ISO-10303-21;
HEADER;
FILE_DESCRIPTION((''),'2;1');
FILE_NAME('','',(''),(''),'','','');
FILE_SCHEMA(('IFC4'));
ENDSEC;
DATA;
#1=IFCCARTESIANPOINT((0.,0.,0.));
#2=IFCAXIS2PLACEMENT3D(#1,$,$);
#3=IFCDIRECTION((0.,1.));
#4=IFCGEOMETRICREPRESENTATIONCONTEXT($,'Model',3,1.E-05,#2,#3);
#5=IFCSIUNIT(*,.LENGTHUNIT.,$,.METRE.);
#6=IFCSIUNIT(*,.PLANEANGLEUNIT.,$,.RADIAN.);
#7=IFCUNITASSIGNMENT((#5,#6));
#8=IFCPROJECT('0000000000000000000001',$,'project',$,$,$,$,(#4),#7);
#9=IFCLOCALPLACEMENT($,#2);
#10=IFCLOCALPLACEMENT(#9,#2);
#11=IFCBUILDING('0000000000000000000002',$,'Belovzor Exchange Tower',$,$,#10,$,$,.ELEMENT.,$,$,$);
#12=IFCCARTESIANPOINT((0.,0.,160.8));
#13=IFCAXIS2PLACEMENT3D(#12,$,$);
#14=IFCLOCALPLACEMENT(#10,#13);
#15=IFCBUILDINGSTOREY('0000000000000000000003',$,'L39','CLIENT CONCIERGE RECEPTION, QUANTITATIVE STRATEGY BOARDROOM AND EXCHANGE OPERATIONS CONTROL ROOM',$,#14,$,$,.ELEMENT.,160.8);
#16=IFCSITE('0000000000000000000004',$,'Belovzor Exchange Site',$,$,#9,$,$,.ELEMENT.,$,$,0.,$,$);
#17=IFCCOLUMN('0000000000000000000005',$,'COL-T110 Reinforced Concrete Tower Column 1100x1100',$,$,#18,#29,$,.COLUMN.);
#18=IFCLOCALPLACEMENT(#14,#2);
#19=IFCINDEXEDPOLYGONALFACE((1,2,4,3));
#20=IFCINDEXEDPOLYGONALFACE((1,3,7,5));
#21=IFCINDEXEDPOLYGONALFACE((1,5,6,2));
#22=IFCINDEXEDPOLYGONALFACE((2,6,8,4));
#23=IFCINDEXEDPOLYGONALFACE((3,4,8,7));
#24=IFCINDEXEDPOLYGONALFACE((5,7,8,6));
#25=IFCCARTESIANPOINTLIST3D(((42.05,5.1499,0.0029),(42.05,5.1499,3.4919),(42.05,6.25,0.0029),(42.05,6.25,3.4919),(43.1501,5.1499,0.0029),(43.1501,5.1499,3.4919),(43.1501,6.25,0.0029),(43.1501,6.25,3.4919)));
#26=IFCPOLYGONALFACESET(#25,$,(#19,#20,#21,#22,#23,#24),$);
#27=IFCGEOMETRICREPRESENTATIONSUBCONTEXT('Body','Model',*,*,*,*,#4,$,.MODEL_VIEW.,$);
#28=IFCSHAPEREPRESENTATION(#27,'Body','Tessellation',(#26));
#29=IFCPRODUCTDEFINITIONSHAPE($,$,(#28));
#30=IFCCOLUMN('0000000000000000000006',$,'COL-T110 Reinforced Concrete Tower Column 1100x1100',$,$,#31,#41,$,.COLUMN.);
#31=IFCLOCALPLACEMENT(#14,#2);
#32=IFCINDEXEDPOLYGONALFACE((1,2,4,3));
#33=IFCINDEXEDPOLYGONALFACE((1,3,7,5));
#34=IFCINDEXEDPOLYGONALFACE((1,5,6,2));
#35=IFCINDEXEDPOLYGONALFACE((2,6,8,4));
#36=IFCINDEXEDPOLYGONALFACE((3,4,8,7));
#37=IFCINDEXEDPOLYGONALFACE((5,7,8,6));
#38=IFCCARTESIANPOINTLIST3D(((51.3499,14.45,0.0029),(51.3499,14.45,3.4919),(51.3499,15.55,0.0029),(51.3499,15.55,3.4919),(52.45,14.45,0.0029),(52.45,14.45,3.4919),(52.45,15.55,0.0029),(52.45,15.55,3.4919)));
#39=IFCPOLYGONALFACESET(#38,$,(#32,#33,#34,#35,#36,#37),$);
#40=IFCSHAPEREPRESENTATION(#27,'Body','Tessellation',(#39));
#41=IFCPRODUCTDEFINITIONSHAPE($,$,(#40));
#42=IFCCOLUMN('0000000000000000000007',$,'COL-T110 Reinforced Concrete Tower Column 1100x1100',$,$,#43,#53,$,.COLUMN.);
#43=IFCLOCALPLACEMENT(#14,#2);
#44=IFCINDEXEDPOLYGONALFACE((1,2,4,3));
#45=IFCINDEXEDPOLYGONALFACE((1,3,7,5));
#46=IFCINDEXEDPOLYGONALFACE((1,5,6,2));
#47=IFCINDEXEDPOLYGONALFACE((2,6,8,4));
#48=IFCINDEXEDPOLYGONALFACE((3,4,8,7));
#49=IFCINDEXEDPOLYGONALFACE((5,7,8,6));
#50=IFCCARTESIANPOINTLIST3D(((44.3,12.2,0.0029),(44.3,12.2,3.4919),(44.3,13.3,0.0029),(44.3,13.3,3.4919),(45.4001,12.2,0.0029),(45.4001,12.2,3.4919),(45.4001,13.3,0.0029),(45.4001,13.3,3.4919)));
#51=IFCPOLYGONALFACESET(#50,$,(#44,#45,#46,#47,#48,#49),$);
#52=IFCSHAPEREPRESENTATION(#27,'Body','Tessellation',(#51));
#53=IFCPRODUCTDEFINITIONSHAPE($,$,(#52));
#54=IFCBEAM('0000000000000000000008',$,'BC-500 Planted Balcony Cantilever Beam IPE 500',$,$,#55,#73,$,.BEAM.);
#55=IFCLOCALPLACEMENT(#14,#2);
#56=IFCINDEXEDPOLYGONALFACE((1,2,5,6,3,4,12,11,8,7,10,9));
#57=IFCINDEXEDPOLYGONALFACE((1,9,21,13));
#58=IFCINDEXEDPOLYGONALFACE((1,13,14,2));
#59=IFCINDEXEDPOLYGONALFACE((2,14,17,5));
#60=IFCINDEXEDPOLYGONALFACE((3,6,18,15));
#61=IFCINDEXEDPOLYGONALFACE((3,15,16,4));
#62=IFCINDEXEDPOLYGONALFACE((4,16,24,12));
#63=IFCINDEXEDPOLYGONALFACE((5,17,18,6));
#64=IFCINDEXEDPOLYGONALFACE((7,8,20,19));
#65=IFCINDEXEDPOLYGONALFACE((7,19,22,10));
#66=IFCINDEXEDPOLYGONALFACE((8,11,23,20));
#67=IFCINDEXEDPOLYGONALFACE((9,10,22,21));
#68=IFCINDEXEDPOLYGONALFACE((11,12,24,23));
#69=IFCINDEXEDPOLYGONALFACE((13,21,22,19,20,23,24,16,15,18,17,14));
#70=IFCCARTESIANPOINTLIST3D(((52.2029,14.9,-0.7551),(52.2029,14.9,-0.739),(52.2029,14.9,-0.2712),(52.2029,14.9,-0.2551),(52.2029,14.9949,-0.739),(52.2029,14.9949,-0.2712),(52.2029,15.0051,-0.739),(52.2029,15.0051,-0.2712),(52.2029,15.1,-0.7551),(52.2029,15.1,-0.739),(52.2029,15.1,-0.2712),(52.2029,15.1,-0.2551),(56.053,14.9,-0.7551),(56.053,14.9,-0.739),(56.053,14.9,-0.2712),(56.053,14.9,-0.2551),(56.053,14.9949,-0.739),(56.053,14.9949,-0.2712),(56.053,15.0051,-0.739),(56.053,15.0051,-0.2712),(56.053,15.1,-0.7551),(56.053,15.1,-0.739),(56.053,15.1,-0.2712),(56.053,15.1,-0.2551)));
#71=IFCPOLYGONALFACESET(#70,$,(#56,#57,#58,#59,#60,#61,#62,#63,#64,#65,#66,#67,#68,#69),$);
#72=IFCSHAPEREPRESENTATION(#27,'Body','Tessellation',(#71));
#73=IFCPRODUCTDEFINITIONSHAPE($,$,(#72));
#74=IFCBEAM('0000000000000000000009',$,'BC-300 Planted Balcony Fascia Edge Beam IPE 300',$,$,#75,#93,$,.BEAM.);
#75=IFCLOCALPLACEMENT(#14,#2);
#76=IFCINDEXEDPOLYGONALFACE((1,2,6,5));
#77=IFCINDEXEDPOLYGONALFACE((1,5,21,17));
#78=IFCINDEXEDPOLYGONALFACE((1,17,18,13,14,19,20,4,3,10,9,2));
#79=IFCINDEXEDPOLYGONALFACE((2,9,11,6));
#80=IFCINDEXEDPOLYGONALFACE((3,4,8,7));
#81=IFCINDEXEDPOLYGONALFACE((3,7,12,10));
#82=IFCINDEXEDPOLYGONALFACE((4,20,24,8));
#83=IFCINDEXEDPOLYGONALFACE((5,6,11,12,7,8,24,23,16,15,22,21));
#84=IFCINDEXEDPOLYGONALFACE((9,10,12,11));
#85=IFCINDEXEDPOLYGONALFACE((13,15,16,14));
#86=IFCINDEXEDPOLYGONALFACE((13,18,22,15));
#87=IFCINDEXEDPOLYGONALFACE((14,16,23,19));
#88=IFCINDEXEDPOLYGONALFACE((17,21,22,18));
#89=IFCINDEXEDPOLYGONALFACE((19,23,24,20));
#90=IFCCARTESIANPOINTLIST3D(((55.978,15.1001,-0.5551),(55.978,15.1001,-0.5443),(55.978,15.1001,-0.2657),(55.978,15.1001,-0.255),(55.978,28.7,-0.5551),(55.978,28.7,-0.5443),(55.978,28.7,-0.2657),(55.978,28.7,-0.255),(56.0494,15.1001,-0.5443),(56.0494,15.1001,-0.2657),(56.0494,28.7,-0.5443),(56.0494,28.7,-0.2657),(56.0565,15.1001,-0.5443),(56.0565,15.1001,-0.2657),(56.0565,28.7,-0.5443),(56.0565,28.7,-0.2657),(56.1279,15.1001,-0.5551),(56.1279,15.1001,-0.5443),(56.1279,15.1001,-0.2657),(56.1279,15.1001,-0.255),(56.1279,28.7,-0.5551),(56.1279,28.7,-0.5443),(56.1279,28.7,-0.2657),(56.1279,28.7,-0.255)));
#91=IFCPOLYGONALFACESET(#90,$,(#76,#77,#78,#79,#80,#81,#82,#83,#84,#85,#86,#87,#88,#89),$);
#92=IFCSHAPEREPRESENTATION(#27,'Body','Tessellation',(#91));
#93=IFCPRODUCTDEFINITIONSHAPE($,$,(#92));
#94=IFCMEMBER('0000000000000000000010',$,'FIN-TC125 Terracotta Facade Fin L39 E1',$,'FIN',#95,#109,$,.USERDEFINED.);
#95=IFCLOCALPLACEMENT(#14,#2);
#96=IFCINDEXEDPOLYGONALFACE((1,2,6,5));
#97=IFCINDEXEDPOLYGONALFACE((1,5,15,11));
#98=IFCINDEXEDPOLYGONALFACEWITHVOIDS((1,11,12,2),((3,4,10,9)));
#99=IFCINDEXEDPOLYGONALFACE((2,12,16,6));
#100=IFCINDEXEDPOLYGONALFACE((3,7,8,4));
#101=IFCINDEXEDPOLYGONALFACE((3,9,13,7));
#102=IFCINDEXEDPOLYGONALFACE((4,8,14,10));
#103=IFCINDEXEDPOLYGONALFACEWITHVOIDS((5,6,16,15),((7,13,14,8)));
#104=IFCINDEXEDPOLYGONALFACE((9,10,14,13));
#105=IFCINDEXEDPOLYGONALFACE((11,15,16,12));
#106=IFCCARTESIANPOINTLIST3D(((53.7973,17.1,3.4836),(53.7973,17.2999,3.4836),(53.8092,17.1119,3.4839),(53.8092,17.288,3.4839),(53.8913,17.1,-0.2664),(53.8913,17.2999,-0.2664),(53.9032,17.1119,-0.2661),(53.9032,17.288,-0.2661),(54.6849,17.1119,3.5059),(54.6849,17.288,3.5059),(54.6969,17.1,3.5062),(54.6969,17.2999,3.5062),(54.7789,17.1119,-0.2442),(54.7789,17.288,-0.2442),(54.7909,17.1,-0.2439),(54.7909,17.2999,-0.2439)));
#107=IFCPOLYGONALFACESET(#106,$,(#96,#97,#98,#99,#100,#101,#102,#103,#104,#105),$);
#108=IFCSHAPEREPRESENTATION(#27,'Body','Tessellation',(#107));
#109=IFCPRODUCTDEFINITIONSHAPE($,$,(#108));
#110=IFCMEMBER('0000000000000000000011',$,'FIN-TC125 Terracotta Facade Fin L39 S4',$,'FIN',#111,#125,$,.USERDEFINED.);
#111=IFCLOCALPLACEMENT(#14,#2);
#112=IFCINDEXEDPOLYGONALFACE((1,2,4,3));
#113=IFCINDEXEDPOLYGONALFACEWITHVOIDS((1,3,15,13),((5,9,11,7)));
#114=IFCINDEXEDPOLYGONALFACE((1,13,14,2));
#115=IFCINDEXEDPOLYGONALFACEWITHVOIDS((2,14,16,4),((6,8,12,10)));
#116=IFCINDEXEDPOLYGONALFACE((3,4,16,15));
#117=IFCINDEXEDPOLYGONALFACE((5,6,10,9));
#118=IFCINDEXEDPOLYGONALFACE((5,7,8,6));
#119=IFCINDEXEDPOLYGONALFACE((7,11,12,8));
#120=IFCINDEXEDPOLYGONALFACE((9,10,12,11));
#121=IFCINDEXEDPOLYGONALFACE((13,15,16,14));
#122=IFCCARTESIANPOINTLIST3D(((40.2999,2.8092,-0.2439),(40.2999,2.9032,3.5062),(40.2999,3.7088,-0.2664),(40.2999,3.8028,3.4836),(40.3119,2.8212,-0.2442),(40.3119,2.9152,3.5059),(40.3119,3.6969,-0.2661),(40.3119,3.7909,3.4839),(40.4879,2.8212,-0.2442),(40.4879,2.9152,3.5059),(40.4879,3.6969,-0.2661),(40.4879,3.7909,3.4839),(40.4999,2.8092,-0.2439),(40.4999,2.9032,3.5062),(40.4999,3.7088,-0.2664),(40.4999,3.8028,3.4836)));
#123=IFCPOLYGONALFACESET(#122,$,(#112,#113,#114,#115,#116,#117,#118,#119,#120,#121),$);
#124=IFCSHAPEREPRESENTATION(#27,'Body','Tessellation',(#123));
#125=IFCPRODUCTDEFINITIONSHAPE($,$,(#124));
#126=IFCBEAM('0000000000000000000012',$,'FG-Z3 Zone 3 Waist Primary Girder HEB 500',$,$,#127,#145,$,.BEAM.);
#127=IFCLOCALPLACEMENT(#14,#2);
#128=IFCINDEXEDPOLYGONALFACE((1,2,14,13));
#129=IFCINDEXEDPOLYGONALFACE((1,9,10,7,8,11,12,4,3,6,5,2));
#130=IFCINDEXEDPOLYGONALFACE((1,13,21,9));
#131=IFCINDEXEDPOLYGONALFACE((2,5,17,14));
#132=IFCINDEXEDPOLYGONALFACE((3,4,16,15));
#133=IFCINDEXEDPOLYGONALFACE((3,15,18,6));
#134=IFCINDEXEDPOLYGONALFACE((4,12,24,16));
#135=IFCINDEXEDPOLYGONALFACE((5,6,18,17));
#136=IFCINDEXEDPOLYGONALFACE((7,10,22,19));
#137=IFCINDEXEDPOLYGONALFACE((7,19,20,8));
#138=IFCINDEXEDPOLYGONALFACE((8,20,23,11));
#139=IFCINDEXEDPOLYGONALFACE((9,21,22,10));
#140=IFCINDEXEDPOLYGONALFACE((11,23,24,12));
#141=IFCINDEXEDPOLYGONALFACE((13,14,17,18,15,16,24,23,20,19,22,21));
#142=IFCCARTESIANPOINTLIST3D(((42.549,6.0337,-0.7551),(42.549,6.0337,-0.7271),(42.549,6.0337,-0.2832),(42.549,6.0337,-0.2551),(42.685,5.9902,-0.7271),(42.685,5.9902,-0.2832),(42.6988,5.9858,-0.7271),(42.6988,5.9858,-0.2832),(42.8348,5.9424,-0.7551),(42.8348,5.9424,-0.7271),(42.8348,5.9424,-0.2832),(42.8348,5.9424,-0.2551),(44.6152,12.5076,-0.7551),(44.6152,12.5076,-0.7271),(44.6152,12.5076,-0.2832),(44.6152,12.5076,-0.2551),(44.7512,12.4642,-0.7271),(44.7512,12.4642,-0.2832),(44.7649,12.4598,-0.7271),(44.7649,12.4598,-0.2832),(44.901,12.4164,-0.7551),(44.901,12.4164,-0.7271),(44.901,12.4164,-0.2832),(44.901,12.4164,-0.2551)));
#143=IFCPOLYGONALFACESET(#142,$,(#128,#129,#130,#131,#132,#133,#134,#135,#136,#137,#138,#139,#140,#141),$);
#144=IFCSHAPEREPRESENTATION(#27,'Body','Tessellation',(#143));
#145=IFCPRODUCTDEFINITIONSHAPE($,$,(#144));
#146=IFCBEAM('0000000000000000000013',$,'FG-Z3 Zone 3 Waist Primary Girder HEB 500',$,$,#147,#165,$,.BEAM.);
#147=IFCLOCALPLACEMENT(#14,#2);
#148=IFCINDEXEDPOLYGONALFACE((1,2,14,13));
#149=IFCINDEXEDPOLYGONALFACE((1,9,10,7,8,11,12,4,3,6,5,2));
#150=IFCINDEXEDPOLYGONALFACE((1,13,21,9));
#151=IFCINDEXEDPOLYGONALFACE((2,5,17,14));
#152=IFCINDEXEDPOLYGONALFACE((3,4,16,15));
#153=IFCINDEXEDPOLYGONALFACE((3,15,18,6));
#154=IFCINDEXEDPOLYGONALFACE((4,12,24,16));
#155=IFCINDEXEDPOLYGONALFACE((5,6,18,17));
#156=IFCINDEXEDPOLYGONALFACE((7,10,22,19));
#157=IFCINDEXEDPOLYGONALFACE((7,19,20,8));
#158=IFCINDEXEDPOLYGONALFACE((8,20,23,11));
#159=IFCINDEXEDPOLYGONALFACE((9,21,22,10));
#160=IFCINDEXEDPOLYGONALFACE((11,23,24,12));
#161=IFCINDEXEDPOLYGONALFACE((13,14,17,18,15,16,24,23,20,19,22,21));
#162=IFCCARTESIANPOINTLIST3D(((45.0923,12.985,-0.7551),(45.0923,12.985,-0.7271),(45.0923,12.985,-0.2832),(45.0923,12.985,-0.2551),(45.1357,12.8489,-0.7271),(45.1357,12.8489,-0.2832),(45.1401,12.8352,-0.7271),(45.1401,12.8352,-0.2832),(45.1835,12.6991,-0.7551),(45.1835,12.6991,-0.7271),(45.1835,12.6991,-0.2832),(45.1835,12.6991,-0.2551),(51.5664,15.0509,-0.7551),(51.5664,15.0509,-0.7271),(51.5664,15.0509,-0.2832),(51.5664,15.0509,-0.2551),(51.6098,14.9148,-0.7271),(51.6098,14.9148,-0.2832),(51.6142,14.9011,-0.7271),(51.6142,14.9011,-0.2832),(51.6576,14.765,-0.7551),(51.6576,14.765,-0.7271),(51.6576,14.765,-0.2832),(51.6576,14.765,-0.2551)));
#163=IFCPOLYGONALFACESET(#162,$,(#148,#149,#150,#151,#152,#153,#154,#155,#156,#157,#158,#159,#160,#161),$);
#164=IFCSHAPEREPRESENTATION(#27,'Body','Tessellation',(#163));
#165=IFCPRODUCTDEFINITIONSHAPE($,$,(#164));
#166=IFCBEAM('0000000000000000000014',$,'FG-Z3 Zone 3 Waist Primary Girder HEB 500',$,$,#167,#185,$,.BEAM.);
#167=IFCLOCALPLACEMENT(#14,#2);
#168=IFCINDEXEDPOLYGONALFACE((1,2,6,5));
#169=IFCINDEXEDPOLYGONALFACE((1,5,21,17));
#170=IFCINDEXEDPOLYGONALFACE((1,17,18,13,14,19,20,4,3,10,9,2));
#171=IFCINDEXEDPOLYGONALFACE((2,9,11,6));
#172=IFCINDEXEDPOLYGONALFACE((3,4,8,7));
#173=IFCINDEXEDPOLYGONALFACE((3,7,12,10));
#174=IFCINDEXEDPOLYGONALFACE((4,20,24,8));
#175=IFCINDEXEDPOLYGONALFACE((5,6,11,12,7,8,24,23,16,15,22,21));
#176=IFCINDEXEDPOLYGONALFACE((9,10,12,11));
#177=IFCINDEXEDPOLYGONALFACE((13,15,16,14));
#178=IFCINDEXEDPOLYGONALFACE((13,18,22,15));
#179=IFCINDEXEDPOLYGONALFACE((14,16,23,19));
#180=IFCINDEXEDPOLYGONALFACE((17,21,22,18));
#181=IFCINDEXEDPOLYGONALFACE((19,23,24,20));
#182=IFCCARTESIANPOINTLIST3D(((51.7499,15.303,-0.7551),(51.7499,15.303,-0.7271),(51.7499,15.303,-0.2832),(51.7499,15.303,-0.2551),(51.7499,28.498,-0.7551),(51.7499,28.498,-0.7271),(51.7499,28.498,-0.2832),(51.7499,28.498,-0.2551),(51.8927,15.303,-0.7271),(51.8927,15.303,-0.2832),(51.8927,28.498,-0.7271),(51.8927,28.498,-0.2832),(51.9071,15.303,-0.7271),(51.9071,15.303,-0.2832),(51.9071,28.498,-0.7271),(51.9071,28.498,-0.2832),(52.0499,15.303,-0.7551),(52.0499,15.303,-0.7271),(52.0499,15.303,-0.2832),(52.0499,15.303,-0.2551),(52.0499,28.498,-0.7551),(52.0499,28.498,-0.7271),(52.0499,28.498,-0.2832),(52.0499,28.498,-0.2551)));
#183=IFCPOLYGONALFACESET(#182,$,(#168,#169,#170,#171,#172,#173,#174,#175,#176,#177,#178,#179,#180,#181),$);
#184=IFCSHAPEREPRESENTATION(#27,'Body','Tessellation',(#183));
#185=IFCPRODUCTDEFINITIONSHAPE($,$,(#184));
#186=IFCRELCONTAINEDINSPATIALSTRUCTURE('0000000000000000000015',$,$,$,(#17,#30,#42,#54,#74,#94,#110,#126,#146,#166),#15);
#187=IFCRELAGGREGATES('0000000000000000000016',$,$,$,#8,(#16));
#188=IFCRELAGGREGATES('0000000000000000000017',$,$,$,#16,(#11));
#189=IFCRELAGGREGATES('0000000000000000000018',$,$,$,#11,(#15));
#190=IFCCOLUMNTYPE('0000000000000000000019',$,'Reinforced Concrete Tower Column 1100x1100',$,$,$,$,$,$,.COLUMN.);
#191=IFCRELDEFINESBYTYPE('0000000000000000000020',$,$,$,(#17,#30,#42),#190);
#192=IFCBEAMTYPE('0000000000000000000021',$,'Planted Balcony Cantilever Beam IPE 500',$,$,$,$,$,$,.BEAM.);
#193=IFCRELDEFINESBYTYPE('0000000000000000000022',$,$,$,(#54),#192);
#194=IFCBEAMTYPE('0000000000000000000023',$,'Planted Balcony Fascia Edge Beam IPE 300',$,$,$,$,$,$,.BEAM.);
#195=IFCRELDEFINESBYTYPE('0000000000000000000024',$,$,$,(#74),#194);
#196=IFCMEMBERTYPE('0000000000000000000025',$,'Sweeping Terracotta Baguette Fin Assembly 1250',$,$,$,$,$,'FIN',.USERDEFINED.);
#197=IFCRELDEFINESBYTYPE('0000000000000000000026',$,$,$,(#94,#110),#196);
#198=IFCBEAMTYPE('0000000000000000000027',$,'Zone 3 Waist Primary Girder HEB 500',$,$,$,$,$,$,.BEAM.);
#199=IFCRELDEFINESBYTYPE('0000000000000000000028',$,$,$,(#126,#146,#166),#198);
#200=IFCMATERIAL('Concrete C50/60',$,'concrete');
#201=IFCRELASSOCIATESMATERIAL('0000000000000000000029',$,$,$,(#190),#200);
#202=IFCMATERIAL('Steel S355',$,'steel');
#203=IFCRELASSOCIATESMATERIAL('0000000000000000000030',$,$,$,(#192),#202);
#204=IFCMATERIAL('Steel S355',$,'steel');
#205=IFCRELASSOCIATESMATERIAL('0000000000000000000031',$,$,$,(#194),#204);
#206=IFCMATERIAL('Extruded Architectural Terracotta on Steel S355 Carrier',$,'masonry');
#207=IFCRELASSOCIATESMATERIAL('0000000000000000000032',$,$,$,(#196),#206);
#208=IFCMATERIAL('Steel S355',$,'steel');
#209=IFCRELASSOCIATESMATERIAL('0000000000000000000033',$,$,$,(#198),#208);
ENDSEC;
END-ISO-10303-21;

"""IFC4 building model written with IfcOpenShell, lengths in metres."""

from ifc_helpers import new_model, si_unit, direction, frame, origin, origin_2d, place, context, subcontext, project, spatial, rectangle, hollow_rectangle, i_section, extrude, material, material_profile, profile_set, type_object, element, save


model = new_model("IFC4")

# Units and contexts
model_context = context("Model", 3, precision=1e-05, world=origin(), true_north=direction((0.0, 1.0)))
body_context = subcontext(model_context, "Body", "Model", "MODEL_VIEW")
ifc_project = project(units=[si_unit("LENGTHUNIT", "METRE"), si_unit("PLANEANGLEUNIT", "RADIAN")], contexts=[model_context])

# Site, building, storey
site_placement = place(None, origin())
site = spatial("IfcSite", under=ifc_project, at=site_placement, Name="Belovzor Exchange Site", CompositionType="ELEMENT", RefElevation=0.0)
building_placement = place(site_placement, origin())
building = spatial("IfcBuilding", under=site, at=building_placement, Name="Belovzor Exchange Tower", CompositionType="ELEMENT")
storey_placement = place(building_placement, frame((0.0, 0.0, 160.8)))
storey = spatial("IfcBuildingStorey", under=building, at=storey_placement, Name="L39", Description="CLIENT CONCIERGE RECEPTION, QUANTITATIVE STRATEGY BOARDROOM AND EXCHANGE OPERATIONS CONTROL ROOM", CompositionType="ELEMENT", Elevation=160.8)

# Columns
ifc_material_1 = material(Name="Concrete C50/60", Category="concrete")
ifc_material_profile_1 = material_profile(ifc_material_1, rectangle(XDim=1.1001, YDim=1.1001, at=origin_2d()))
ifc_profile_set_1 = profile_set([ifc_material_profile_1], Name="Concrete C50/60")
column_type = type_object("IfcColumnType", Name="Reinforced Concrete Tower Column 1100x1100", PredefinedType="COLUMN", material=ifc_profile_set_1)
for number, where, z_axis, x_axis, name in (
    (1, (42.6001, 5.7, 0.0029), (0.0, 0.0, 1.0), (1.0, 0.0, 0.0), "COL-T110 Reinforced Concrete Tower Column 1100x1100"),
    (2, (51.8999, 15.0, 0.0029), (0.0, 0.0, 1.0), (1.0, 0.0, 0.0), "COL-T110 Reinforced Concrete Tower Column 1100x1100"),
    (3, (44.8501, 12.75, 0.0029), (0.0, 0.0, 1.0), (1.0, 0.0, 0.0), "COL-T110 Reinforced Concrete Tower Column 1100x1100"),
):
    element("IfcColumn", number, at=place(storey_placement, frame(where, z_axis=z_axis, x_axis=x_axis)), inside=storey, type_object=column_type, Name=name, PredefinedType="COLUMN", context=body_context, shape_type="SweptSolid", body=[
        extrude(rectangle(XDim=1.1001, YDim=1.1001, at=origin_2d()), origin(), (0.0, 0.0, 1.0), 3.489),
    ])

# Beams
ifc_material_2 = material(Name="Steel S355", Category="steel")
ifc_material_profile_2 = material_profile(ifc_material_2, i_section(OverallWidth=0.2, OverallDepth=0.5, WebThickness=0.0103, FlangeThickness=0.0161, at=origin_2d()))
ifc_profile_set_2 = profile_set([ifc_material_profile_2], Name="Steel S355")
beam_type_1 = type_object("IfcBeamType", Name="Planted Balcony Cantilever Beam IPE 500", PredefinedType="BEAM", material=ifc_profile_set_2)
beam_1_placement = place(storey_placement, frame((52.2029, 15.0, -0.5051), z_axis=(1.0, 0.0, 0.0), x_axis=(0.0, 1.0, 0.0)))
element("IfcBeam", 4, at=beam_1_placement, inside=storey, type_object=beam_type_1, Name="BC-500 Planted Balcony Cantilever Beam IPE 500", PredefinedType="BEAM", context=body_context, shape_type="SweptSolid", body=[
    extrude(i_section(OverallWidth=0.2, OverallDepth=0.5, WebThickness=0.0103, FlangeThickness=0.0161, at=origin_2d()), origin(), (0.0, 0.0, 1.0), 3.8501),
])
ifc_material_3 = material(Name="Steel S355", Category="steel")
ifc_material_profile_3 = material_profile(ifc_material_3, i_section(OverallWidth=0.1499, OverallDepth=0.3, WebThickness=0.0071, FlangeThickness=0.0107, at=origin_2d()))
ifc_profile_set_3 = profile_set([ifc_material_profile_3], Name="Steel S355")
beam_type_2 = type_object("IfcBeamType", Name="Planted Balcony Fascia Edge Beam IPE 300", PredefinedType="BEAM", material=ifc_profile_set_3)
beam_2_placement = place(storey_placement, frame((56.053, 15.1001, -0.405), z_axis=(0.0, 1.0, 0.0), x_axis=(-1.0, 0.0, 0.0)))
element("IfcBeam", 5, at=beam_2_placement, inside=storey, type_object=beam_type_2, Name="BC-300 Planted Balcony Fascia Edge Beam IPE 300", PredefinedType="BEAM", context=body_context, shape_type="SweptSolid", body=[
    extrude(i_section(OverallWidth=0.1499, OverallDepth=0.3, WebThickness=0.0071, FlangeThickness=0.0107, at=origin_2d()), origin(), (0.0, 0.0, 1.0), 13.5999),
])

# Members
ifc_material_4 = material(Name="Extruded Architectural Terracotta on Steel S355 Carrier", Category="masonry")
ifc_material_profile_4 = material_profile(ifc_material_4, hollow_rectangle(XDim=0.2, YDim=0.8999, WallThickness=0.012, at=origin_2d()))
ifc_profile_set_4 = profile_set([ifc_material_profile_4], Name="Extruded Architectural Terracotta on Steel S355 Carrier")
member_type = type_object("IfcMemberType", Name="Sweeping Terracotta Baguette Fin Assembly 1250", ElementType="FIN", PredefinedType="USERDEFINED", material=ifc_profile_set_4)
for number, where, z_axis, x_axis, name in (
    (6, (54.3411, 17.2, -0.2551), (-0.025057, 0.0, 0.999686), (0.0, -1.0, 0.0), "FIN-TC125 Terracotta Facade Fin L39 E1"),
    (7, (40.3999, 3.259, -0.2551), (0.0, 0.025057, 0.999686), (-1.0, 0.0, 0.0), "FIN-TC125 Terracotta Facade Fin L39 S4"),
):
    element("IfcMember", number, at=place(storey_placement, frame(where, z_axis=z_axis, x_axis=x_axis)), inside=storey, type_object=member_type, Name=name, ObjectType="FIN", PredefinedType="USERDEFINED", context=body_context, shape_type="SweptSolid", body=[
        extrude(hollow_rectangle(XDim=0.2, YDim=0.8999, WallThickness=0.012, at=origin_2d()), origin(), (0.0, 0.0, 1.0), 3.7512),
    ])

# Beams
ifc_material_5 = material(Name="Steel S355", Category="steel")
ifc_material_profile_5 = material_profile(ifc_material_5, i_section(OverallWidth=0.3, OverallDepth=0.5, WebThickness=0.0144, FlangeThickness=0.0281, at=origin_2d()))
ifc_profile_set_5 = profile_set([ifc_material_profile_5], Name="Steel S355")
beam_type_3 = type_object("IfcBeamType", Name="Zone 3 Waist Primary Girder HEB 500", PredefinedType="BEAM", material=ifc_profile_set_5)
for number, where, z_axis, x_axis, name in (
    (8, (42.6919, 5.988, -0.5051), (0.304044, 0.952658, 0.0), (-0.952658, 0.304044, 0.0), "FG-Z3 Zone 3 Waist Primary Girder HEB 500"),
    (9, (45.1379, 12.842, -0.5051), (0.952672, 0.304001, 0.0), (-0.304001, 0.952672, 0.0), "FG-Z3 Zone 3 Waist Primary Girder HEB 500"),
):
    element("IfcBeam", number, at=place(storey_placement, frame(where, z_axis=z_axis, x_axis=x_axis)), inside=storey, type_object=beam_type_3, Name=name, PredefinedType="BEAM", context=body_context, shape_type="SweptSolid", body=[
        extrude(i_section(OverallWidth=0.3, OverallDepth=0.5, WebThickness=0.0144, FlangeThickness=0.0281, at=origin_2d()), origin(), (0.0, 0.0, 1.0), 6.7957),
    ])
beam_3_placement = place(storey_placement, frame((51.8999, 15.303, -0.5051), z_axis=(0.0, 1.0, 0.0), x_axis=(-1.0, 0.0, 0.0)))
element("IfcBeam", 10, at=beam_3_placement, inside=storey, type_object=beam_type_3, Name="FG-Z3 Zone 3 Waist Primary Girder HEB 500", PredefinedType="BEAM", context=body_context, shape_type="SweptSolid", body=[
    extrude(i_section(OverallWidth=0.3, OverallDepth=0.5, WebThickness=0.0144, FlangeThickness=0.0281, at=origin_2d()), origin(), (0.0, 0.0, 1.0), 13.1951),
])

save(model, "model.ifc")
